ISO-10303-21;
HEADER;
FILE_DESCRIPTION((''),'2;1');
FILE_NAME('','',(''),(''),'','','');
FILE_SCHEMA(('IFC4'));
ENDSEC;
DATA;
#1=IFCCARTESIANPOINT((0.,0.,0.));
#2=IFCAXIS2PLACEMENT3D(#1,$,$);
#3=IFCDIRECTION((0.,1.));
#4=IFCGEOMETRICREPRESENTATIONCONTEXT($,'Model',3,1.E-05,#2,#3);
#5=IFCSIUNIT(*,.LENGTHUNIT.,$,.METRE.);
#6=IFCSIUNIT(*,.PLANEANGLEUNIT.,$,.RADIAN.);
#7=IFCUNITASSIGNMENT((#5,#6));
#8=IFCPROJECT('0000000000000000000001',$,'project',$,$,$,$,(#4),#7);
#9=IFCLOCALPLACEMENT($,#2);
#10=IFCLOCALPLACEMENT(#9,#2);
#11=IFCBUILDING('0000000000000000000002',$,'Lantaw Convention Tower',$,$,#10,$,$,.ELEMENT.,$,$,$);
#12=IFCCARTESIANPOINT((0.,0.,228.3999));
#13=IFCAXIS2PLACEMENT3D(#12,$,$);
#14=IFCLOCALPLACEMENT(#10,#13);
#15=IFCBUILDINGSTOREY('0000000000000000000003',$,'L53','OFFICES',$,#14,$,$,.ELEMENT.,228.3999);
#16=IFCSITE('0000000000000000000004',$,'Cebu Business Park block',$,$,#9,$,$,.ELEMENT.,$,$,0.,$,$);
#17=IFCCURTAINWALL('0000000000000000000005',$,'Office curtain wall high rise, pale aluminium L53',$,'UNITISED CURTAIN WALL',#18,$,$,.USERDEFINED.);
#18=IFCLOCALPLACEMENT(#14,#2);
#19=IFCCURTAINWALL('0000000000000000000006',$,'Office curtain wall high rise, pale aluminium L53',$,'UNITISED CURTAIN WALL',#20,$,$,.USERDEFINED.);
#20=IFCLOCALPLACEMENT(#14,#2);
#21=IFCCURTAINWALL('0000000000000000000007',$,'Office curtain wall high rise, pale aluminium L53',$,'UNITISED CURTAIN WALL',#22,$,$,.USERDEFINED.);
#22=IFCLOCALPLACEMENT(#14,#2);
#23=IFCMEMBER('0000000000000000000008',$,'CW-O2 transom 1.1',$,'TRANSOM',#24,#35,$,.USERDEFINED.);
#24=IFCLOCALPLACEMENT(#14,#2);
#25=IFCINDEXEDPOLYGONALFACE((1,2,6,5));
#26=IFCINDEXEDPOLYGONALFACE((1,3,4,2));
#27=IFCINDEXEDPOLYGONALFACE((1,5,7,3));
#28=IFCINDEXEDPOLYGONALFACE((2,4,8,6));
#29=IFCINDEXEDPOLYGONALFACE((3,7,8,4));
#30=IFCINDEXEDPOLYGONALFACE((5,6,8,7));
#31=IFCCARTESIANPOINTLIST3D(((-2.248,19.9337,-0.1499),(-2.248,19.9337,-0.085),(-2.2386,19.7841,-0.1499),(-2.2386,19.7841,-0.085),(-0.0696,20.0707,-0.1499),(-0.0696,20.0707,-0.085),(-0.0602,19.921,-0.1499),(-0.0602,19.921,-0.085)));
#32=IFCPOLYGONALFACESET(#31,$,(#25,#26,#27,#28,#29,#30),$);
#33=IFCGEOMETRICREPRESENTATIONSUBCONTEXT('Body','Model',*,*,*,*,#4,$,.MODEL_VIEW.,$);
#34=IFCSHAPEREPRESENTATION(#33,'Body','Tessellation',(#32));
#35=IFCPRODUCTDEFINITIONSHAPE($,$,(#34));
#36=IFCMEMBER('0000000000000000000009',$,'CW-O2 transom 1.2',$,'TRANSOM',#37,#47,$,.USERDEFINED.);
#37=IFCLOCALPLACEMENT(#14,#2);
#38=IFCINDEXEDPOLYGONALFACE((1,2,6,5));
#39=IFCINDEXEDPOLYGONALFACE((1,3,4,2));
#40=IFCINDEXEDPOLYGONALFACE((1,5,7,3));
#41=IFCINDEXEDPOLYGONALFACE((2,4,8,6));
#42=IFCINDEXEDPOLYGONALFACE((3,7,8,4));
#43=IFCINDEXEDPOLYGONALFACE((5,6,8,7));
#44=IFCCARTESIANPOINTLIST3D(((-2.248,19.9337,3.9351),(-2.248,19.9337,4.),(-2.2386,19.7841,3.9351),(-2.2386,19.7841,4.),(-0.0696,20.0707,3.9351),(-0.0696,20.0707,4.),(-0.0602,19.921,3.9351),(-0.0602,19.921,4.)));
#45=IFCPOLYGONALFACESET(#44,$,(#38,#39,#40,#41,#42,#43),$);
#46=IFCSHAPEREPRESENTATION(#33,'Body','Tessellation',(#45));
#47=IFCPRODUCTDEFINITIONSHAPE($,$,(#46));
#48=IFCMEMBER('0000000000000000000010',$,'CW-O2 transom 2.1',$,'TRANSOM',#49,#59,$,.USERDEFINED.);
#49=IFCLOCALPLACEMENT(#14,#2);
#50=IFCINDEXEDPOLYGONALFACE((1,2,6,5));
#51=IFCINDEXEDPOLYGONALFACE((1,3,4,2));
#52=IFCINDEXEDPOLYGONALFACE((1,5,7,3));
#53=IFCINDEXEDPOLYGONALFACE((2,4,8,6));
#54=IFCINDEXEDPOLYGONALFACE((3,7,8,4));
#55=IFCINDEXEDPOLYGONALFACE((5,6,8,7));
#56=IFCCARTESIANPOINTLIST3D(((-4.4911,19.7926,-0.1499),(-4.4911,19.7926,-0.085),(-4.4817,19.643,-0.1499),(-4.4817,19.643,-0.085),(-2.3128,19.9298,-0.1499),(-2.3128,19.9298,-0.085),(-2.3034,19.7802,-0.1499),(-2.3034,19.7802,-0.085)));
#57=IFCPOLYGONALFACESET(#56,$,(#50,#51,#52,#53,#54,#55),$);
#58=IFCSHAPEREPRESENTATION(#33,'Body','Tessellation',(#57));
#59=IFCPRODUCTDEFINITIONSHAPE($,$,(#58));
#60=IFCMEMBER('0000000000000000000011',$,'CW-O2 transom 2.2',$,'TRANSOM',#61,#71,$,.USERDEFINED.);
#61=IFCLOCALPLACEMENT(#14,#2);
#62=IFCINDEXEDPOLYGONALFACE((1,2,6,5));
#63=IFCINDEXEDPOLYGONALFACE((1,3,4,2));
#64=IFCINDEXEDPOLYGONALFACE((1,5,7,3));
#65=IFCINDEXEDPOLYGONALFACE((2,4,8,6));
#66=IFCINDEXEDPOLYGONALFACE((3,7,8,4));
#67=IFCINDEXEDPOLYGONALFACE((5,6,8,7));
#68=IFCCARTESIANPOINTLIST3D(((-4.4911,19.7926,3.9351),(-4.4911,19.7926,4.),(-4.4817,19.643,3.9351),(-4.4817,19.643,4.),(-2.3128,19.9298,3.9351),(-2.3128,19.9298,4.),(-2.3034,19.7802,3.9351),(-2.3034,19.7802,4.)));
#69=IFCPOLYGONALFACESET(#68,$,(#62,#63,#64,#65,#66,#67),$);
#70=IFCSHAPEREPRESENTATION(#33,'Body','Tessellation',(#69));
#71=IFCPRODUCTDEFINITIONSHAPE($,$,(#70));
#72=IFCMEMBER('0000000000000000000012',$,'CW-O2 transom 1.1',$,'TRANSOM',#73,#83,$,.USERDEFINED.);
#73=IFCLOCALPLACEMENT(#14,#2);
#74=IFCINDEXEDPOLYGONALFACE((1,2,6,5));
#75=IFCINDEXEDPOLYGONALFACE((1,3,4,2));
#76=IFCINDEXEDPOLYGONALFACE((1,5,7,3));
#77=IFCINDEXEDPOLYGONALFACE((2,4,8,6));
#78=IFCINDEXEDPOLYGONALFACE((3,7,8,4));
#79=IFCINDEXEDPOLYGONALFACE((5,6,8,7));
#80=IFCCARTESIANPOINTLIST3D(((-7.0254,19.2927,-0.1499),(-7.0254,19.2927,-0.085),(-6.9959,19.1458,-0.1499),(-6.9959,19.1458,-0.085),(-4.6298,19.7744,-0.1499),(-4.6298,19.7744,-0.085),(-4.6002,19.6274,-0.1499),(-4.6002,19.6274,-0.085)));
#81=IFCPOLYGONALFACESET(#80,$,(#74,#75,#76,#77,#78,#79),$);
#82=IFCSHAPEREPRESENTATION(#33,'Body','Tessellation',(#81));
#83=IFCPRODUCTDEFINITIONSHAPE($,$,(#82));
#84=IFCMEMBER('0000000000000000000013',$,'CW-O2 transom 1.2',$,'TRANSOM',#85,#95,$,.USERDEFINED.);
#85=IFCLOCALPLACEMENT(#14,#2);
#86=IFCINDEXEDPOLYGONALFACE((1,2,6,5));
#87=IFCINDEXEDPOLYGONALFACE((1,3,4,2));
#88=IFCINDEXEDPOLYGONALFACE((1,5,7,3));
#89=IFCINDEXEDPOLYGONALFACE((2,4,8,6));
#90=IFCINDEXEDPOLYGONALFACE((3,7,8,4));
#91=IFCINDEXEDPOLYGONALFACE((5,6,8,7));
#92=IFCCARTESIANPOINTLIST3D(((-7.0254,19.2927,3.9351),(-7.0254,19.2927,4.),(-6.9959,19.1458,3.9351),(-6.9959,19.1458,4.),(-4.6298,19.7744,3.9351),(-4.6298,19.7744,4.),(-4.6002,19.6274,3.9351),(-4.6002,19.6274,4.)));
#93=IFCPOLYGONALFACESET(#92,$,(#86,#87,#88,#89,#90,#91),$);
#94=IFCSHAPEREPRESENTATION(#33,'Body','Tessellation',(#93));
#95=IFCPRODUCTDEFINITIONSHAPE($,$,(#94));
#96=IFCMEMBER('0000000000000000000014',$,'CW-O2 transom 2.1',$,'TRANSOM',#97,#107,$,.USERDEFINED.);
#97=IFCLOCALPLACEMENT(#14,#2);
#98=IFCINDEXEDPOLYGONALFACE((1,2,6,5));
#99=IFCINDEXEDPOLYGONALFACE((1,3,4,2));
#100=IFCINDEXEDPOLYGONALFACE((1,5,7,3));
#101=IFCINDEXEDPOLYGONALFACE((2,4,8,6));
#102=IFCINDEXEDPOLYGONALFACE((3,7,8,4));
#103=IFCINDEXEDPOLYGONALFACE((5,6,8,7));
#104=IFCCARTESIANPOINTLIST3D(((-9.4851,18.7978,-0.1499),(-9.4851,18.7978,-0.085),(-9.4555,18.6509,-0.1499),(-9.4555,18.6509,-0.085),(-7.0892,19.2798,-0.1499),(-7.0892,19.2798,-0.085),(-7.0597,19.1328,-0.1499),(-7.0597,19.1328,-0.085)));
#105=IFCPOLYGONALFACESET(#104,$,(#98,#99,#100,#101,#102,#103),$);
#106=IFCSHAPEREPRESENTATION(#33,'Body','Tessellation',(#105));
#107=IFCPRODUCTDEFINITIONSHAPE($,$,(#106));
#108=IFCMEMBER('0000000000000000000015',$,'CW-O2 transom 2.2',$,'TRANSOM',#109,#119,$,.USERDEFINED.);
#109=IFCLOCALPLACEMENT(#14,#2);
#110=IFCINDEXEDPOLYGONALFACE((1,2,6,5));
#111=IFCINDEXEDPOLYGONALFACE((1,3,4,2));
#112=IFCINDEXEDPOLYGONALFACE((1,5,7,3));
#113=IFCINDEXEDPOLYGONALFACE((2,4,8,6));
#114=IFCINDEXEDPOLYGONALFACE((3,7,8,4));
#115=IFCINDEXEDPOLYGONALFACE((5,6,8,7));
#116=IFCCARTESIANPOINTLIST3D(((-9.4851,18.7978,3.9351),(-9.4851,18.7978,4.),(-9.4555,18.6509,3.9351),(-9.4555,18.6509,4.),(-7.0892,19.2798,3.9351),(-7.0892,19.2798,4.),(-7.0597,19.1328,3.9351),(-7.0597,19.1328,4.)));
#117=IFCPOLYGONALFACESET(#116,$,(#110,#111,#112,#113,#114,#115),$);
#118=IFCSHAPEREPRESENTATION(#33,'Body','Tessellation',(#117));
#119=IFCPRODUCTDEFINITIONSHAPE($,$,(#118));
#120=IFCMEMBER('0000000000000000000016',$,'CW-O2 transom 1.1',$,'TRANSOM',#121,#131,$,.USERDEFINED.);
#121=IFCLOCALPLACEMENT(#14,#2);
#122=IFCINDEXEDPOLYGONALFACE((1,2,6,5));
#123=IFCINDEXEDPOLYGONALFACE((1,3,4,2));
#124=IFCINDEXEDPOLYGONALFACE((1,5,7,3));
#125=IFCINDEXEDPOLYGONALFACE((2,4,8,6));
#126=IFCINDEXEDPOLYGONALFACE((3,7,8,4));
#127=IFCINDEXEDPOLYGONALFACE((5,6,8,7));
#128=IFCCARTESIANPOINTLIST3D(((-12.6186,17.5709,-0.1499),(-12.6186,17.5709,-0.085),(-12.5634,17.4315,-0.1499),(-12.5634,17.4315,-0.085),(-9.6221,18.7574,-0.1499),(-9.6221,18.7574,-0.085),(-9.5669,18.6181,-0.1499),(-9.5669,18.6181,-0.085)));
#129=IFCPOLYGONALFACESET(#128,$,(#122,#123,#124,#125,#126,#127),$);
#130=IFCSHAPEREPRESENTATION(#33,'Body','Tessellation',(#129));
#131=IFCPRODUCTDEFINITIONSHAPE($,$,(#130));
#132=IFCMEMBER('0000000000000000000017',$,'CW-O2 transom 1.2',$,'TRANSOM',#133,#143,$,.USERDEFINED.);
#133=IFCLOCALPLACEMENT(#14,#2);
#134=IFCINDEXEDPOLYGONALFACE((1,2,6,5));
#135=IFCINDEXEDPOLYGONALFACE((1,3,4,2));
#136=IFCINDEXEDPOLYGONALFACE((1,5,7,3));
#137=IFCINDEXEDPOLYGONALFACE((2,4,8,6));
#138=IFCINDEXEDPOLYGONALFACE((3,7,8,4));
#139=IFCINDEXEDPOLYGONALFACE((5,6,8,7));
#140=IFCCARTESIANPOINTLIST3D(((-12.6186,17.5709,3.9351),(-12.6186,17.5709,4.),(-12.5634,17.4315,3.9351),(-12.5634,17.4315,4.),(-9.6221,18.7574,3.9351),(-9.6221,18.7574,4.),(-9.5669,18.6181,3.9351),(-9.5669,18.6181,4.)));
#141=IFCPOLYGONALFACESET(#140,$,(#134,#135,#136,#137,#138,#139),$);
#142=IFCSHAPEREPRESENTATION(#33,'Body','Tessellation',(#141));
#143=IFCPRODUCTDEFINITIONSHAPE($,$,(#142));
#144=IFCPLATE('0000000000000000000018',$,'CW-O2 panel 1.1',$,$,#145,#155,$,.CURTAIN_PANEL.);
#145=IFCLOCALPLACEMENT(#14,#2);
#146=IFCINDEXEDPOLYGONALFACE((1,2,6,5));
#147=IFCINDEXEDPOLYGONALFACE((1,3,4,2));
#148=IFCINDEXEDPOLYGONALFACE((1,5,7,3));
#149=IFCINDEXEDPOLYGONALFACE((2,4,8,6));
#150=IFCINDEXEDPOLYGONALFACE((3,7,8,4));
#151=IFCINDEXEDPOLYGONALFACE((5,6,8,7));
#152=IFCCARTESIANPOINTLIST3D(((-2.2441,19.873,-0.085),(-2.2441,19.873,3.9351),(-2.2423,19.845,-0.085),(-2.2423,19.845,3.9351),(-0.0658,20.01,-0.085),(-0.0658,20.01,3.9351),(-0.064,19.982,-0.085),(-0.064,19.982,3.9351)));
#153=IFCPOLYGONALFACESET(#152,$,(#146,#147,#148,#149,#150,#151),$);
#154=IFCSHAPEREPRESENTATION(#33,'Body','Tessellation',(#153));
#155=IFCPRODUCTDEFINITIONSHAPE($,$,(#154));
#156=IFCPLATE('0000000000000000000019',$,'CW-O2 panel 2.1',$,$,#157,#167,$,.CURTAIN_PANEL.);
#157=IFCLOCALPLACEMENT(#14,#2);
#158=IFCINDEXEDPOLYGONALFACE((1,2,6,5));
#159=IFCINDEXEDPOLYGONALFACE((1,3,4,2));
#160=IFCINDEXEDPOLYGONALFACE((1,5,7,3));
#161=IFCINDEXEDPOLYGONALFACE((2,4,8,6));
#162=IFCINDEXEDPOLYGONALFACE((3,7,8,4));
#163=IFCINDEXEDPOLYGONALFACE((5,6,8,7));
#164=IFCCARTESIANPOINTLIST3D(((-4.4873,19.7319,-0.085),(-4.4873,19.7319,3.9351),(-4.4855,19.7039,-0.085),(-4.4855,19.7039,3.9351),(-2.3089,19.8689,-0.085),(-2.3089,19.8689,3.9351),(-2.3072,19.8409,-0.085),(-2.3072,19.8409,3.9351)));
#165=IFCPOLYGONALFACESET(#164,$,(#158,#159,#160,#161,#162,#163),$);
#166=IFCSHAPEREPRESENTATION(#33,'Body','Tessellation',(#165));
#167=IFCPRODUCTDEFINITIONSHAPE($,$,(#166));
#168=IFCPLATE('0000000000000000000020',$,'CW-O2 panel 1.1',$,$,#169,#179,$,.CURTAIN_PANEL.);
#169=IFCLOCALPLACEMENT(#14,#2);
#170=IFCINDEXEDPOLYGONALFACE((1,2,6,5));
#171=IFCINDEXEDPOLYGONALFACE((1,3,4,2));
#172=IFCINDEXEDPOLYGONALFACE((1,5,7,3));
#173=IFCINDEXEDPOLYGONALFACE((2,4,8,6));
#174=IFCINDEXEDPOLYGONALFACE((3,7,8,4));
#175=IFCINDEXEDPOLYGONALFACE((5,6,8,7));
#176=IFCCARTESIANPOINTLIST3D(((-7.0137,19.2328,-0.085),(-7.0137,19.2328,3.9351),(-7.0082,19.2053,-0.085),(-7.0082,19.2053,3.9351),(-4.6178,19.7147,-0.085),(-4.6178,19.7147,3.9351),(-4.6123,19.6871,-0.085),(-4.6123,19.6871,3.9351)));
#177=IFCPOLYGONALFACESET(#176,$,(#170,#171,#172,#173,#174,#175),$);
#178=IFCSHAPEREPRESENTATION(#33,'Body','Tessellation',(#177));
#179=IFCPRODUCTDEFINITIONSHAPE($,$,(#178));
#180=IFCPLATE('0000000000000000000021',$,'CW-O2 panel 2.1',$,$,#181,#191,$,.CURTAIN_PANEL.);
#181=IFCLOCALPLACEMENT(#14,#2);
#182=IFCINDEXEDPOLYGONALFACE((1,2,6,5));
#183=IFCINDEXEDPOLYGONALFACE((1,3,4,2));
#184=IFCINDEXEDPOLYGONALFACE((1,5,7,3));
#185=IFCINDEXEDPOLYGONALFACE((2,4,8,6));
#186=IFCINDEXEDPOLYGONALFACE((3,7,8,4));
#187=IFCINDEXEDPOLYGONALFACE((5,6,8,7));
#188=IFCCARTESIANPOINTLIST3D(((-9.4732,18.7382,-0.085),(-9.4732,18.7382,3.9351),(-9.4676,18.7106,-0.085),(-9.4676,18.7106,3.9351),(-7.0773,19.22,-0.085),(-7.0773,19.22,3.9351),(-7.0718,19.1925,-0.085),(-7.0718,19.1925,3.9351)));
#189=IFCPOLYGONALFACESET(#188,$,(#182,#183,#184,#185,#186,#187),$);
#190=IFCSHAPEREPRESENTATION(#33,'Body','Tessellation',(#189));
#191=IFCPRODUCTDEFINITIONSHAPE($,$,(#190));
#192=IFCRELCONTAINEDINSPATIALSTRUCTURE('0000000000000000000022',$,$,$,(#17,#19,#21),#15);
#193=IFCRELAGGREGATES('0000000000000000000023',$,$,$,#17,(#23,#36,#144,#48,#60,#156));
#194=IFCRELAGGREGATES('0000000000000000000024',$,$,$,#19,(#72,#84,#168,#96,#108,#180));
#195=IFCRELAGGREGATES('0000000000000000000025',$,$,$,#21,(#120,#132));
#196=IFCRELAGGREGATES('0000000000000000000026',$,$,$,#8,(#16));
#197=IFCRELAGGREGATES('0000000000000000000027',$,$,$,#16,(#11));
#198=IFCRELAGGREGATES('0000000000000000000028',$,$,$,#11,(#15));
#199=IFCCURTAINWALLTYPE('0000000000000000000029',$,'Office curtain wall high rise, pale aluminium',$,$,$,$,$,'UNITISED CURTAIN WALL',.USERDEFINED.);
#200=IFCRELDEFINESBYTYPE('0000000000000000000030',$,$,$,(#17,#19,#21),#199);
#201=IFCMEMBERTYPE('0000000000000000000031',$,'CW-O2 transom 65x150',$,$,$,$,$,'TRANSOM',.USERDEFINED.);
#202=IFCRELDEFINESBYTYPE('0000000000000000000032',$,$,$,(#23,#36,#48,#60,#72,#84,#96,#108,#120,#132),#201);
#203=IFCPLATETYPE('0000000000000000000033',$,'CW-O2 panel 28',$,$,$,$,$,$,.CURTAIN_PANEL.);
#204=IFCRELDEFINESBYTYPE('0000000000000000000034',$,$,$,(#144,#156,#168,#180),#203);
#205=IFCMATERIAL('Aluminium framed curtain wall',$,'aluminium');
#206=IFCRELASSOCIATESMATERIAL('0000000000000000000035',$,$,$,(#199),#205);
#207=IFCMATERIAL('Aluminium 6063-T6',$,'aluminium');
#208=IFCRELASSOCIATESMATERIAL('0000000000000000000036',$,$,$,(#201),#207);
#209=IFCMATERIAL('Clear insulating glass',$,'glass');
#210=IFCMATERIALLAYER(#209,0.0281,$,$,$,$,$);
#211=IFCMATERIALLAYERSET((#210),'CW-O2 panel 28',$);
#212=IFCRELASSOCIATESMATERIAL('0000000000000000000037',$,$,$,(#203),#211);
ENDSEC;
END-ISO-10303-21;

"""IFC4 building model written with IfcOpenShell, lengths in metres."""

from ifc_helpers import new_model, si_unit, direction, frame, origin, origin_2d, place, context, subcontext, project, spatial, rectangle, extrude, material, layer, layer_set, material_profile, profile_set, type_object, element, aggregate, save


model = new_model("IFC4")

# Units and contexts
model_context = context("Model", 3, precision=1e-05, world=origin(), true_north=direction((0.0, 1.0)))
body_context = subcontext(model_context, "Body", "Model", "MODEL_VIEW")
ifc_project = project(units=[si_unit("LENGTHUNIT", "METRE"), si_unit("PLANEANGLEUNIT", "RADIAN")], contexts=[model_context])

# Site, building, storey
site_placement = place(None, origin())
site = spatial("IfcSite", under=ifc_project, at=site_placement, Name="Cebu Business Park block", CompositionType="ELEMENT", RefElevation=0.0)
building_placement = place(site_placement, origin())
building = spatial("IfcBuilding", under=site, at=building_placement, Name="Lantaw Convention Tower", CompositionType="ELEMENT")
storey_placement = place(building_placement, frame((0.0, 0.0, 228.3999)))
storey = spatial("IfcBuildingStorey", under=building, at=storey_placement, Name="L53", Description="OFFICES", CompositionType="ELEMENT", Elevation=228.3999)

# Curtain walls
ifc_material_1 = material(Name="Aluminium framed curtain wall", Category="aluminium")
curtain_wall_type = type_object("IfcCurtainWallType", Name="Office curtain wall high rise, pale aluminium", ElementType="UNITISED CURTAIN WALL", PredefinedType="USERDEFINED", material=ifc_material_1)
curtain_wall_1_placement = place(storey_placement, origin())
curtain_wall_1 = element("IfcCurtainWall", 1, at=curtain_wall_1_placement, inside=storey, type_object=curtain_wall_type, Name="Office curtain wall high rise, pale aluminium L53", ObjectType="UNITISED CURTAIN WALL", PredefinedType="USERDEFINED")
ifc_material_2 = material(Name="Aluminium 6063-T6", Category="aluminium")
curtain_wall_2_placement = place(storey_placement, origin())
curtain_wall_2 = element("IfcCurtainWall", 2, at=curtain_wall_2_placement, inside=storey, type_object=curtain_wall_type, Name="Office curtain wall high rise, pale aluminium L53", ObjectType="UNITISED CURTAIN WALL", PredefinedType="USERDEFINED")

# Curtain wall
curtain_wall_3_placement = place(storey_placement, origin())
curtain_wall_3 = element("IfcCurtainWall", 3, at=curtain_wall_3_placement, inside=storey, type_object=curtain_wall_type, Name="Office curtain wall high rise, pale aluminium L53", ObjectType="UNITISED CURTAIN WALL", PredefinedType="USERDEFINED")

# Members
ifc_material_profile_1 = material_profile(ifc_material_2, rectangle(XDim=0.1499, YDim=0.0649, at=origin_2d()), Name="CW-O2 transom 65x150")
ifc_profile_set_1 = profile_set([ifc_material_profile_1], Name="Aluminium 6063-T6")
member_type_1 = type_object("IfcMemberType", Name="CW-O2 transom 65x150", ElementType="TRANSOM", PredefinedType="USERDEFINED", material=ifc_profile_set_1)
member_1_placement = place(storey_placement, frame((-0.0649, 19.9958, -0.1174), z_axis=(-0.998029, -0.062754, 0.0), x_axis=(0.062754, -0.998029, 0.0)))
member_1 = element("IfcMember", 4, at=member_1_placement, type_object=member_type_1, Name="CW-O2 transom 1.1", ObjectType="TRANSOM", PredefinedType="USERDEFINED", context=body_context, shape_type="SweptSolid", body=[
    extrude(rectangle(XDim=0.1499, YDim=0.0649, at=origin_2d()), origin(), (0.0, 0.0, 1.0), 2.1826),
])
member_2_placement = place(storey_placement, frame((-0.0649, 19.9958, 3.9675), z_axis=(-0.998029, -0.062754, 0.0), x_axis=(0.062754, -0.998029, 0.0)))
member_2 = element("IfcMember", 5, at=member_2_placement, type_object=member_type_1, Name="CW-O2 transom 1.2", ObjectType="TRANSOM", PredefinedType="USERDEFINED", context=body_context, shape_type="SweptSolid", body=[
    extrude(rectangle(XDim=0.1499, YDim=0.0649, at=origin_2d()), origin(), (0.0, 0.0, 1.0), 2.1826),
])
member_3_placement = place(storey_placement, frame((-2.3081, 19.855, -0.1174), z_axis=(-0.998022, -0.062866, 0.0), x_axis=(0.062866, -0.998022, 0.0)))
member_3 = element("IfcMember", 6, at=member_3_placement, type_object=member_type_1, Name="CW-O2 transom 2.1", ObjectType="TRANSOM", PredefinedType="USERDEFINED", context=body_context, shape_type="SweptSolid", body=[
    extrude(rectangle(XDim=0.1499, YDim=0.0649, at=origin_2d()), origin(), (0.0, 0.0, 1.0), 2.1826),
])
member_4_placement = place(storey_placement, frame((-2.3081, 19.855, 3.9675), z_axis=(-0.998022, -0.062866, 0.0), x_axis=(0.062866, -0.998022, 0.0)))
member_4 = element("IfcMember", 7, at=member_4_placement, type_object=member_type_1, Name="CW-O2 transom 2.2", ObjectType="TRANSOM", PredefinedType="USERDEFINED", context=body_context, shape_type="SweptSolid", body=[
    extrude(rectangle(XDim=0.1499, YDim=0.0649, at=origin_2d()), origin(), (0.0, 0.0, 1.0), 2.1826),
])
member_5_placement = place(storey_placement, frame((-4.615, 19.7009, -0.1174), z_axis=(-0.98038, -0.197115, 0.0), x_axis=(0.197115, -0.98038, 0.0)))
member_5 = element("IfcMember", 8, at=member_5_placement, type_object=member_type_1, Name="CW-O2 transom 1.1", ObjectType="TRANSOM", PredefinedType="USERDEFINED", context=body_context, shape_type="SweptSolid", body=[
    extrude(rectangle(XDim=0.1499, YDim=0.0649, at=origin_2d()), origin(), (0.0, 0.0, 1.0), 2.4436),
])
member_6_placement = place(storey_placement, frame((-4.615, 19.7009, 3.9675), z_axis=(-0.98038, -0.197115, 0.0), x_axis=(0.197115, -0.98038, 0.0)))
member_6 = element("IfcMember", 9, at=member_6_placement, type_object=member_type_1, Name="CW-O2 transom 1.2", ObjectType="TRANSOM", PredefinedType="USERDEFINED", context=body_context, shape_type="SweptSolid", body=[
    extrude(rectangle(XDim=0.1499, YDim=0.0649, at=origin_2d()), origin(), (0.0, 0.0, 1.0), 2.4436),
])
member_7_placement = place(storey_placement, frame((-7.0745, 19.2063, -0.1174), z_axis=(-0.980361, -0.197211, 0.0), x_axis=(0.197211, -0.980361, 0.0)))
member_7 = element("IfcMember", 10, at=member_7_placement, type_object=member_type_1, Name="CW-O2 transom 2.1", ObjectType="TRANSOM", PredefinedType="USERDEFINED", context=body_context, shape_type="SweptSolid", body=[
    extrude(rectangle(XDim=0.1499, YDim=0.0649, at=origin_2d()), origin(), (0.0, 0.0, 1.0), 2.4438),
])
member_8_placement = place(storey_placement, frame((-7.0745, 19.2063, 3.9675), z_axis=(-0.980361, -0.197211, 0.0), x_axis=(0.197211, -0.980361, 0.0)))
member_8 = element("IfcMember", 11, at=member_8_placement, type_object=member_type_1, Name="CW-O2 transom 2.2", ObjectType="TRANSOM", PredefinedType="USERDEFINED", context=body_context, shape_type="SweptSolid", body=[
    extrude(rectangle(XDim=0.1499, YDim=0.0649, at=origin_2d()), origin(), (0.0, 0.0, 1.0), 2.4438),
])
member_9_placement = place(storey_placement, frame((-9.5945, 18.6877, -0.1174), z_axis=(-0.929767, -0.368149, 0.0), x_axis=(0.368149, -0.929767, 0.0)))
member_9 = element("IfcMember", 12, at=member_9_placement, type_object=member_type_1, Name="CW-O2 transom 1.1", ObjectType="TRANSOM", PredefinedType="USERDEFINED", context=body_context, shape_type="SweptSolid", body=[
    extrude(rectangle(XDim=0.1499, YDim=0.0649, at=origin_2d()), origin(), (0.0, 0.0, 1.0), 3.2229),
])
member_10_placement = place(storey_placement, frame((-9.5945, 18.6877, 3.9675), z_axis=(-0.929767, -0.368149, 0.0), x_axis=(0.368149, -0.929767, 0.0)))
member_10 = element("IfcMember", 13, at=member_10_placement, type_object=member_type_1, Name="CW-O2 transom 1.2", ObjectType="TRANSOM", PredefinedType="USERDEFINED", context=body_context, shape_type="SweptSolid", body=[
    extrude(rectangle(XDim=0.1499, YDim=0.0649, at=origin_2d()), origin(), (0.0, 0.0, 1.0), 3.2229),
])

# Plates
ifc_material_3 = material(Name="Clear insulating glass", Category="glass")
ifc_layer_1 = layer(ifc_material_3, 0.0281)
ifc_layer_set_1 = layer_set([ifc_layer_1], Name="CW-O2 panel 28")
plate_type_1 = type_object("IfcPlateType", Name="CW-O2 panel 28", PredefinedType="CURTAIN_PANEL", material=ifc_layer_set_1)
plate_1_placement = place(storey_placement, frame((-1.1541, 19.9275, -0.085), z_axis=(0.0, 0.0, 1.0), x_axis=(-0.998029, -0.062758, 0.0)))
plate_1 = element("IfcPlate", 14, at=plate_1_placement, type_object=plate_type_1, Name="CW-O2 panel 1.1", PredefinedType="CURTAIN_PANEL", context=body_context, shape_type="SweptSolid", body=[
    extrude(rectangle(XDim=2.1826, YDim=0.0281, at=origin_2d()), origin(), (0.0, 0.0, 1.0), 4.02),
])
plate_2_placement = place(storey_placement, frame((-3.3972, 19.7864, -0.085), z_axis=(0.0, 0.0, 1.0), x_axis=(-0.998029, -0.062758, 0.0)))
plate_2 = element("IfcPlate", 15, at=plate_2_placement, type_object=plate_type_1, Name="CW-O2 panel 2.1", PredefinedType="CURTAIN_PANEL", context=body_context, shape_type="SweptSolid", body=[
    extrude(rectangle(XDim=2.1826, YDim=0.0281, at=origin_2d()), origin(), (0.0, 0.0, 1.0), 4.02),
])
aggregate(curtain_wall_1, [member_1, member_2, plate_1, member_3, member_4, plate_2])
plate_3_placement = place(storey_placement, frame((-5.813, 19.46, -0.085), z_axis=(0.0, 0.0, 1.0), x_axis=(-0.980367, -0.197183, 0.0)))
plate_3 = element("IfcPlate", 16, at=plate_3_placement, type_object=plate_type_1, Name="CW-O2 panel 1.1", PredefinedType="CURTAIN_PANEL", context=body_context, shape_type="SweptSolid", body=[
    extrude(rectangle(XDim=2.4438, YDim=0.0281, at=origin_2d()), origin(), (0.0, 0.0, 1.0), 4.02),
])
plate_4_placement = place(storey_placement, frame((-8.2725, 18.9653, -0.085), z_axis=(0.0, 0.0, 1.0), x_axis=(-0.980367, -0.197183, 0.0)))
plate_4 = element("IfcPlate", 17, at=plate_4_placement, type_object=plate_type_1, Name="CW-O2 panel 2.1", PredefinedType="CURTAIN_PANEL", context=body_context, shape_type="SweptSolid", body=[
    extrude(rectangle(XDim=2.4438, YDim=0.0281, at=origin_2d()), origin(), (0.0, 0.0, 1.0), 4.02),
])
aggregate(curtain_wall_2, [member_5, member_6, plate_3, member_7, member_8, plate_4])
aggregate(curtain_wall_3, [member_9, member_10])

save(model, "model.ifc")
